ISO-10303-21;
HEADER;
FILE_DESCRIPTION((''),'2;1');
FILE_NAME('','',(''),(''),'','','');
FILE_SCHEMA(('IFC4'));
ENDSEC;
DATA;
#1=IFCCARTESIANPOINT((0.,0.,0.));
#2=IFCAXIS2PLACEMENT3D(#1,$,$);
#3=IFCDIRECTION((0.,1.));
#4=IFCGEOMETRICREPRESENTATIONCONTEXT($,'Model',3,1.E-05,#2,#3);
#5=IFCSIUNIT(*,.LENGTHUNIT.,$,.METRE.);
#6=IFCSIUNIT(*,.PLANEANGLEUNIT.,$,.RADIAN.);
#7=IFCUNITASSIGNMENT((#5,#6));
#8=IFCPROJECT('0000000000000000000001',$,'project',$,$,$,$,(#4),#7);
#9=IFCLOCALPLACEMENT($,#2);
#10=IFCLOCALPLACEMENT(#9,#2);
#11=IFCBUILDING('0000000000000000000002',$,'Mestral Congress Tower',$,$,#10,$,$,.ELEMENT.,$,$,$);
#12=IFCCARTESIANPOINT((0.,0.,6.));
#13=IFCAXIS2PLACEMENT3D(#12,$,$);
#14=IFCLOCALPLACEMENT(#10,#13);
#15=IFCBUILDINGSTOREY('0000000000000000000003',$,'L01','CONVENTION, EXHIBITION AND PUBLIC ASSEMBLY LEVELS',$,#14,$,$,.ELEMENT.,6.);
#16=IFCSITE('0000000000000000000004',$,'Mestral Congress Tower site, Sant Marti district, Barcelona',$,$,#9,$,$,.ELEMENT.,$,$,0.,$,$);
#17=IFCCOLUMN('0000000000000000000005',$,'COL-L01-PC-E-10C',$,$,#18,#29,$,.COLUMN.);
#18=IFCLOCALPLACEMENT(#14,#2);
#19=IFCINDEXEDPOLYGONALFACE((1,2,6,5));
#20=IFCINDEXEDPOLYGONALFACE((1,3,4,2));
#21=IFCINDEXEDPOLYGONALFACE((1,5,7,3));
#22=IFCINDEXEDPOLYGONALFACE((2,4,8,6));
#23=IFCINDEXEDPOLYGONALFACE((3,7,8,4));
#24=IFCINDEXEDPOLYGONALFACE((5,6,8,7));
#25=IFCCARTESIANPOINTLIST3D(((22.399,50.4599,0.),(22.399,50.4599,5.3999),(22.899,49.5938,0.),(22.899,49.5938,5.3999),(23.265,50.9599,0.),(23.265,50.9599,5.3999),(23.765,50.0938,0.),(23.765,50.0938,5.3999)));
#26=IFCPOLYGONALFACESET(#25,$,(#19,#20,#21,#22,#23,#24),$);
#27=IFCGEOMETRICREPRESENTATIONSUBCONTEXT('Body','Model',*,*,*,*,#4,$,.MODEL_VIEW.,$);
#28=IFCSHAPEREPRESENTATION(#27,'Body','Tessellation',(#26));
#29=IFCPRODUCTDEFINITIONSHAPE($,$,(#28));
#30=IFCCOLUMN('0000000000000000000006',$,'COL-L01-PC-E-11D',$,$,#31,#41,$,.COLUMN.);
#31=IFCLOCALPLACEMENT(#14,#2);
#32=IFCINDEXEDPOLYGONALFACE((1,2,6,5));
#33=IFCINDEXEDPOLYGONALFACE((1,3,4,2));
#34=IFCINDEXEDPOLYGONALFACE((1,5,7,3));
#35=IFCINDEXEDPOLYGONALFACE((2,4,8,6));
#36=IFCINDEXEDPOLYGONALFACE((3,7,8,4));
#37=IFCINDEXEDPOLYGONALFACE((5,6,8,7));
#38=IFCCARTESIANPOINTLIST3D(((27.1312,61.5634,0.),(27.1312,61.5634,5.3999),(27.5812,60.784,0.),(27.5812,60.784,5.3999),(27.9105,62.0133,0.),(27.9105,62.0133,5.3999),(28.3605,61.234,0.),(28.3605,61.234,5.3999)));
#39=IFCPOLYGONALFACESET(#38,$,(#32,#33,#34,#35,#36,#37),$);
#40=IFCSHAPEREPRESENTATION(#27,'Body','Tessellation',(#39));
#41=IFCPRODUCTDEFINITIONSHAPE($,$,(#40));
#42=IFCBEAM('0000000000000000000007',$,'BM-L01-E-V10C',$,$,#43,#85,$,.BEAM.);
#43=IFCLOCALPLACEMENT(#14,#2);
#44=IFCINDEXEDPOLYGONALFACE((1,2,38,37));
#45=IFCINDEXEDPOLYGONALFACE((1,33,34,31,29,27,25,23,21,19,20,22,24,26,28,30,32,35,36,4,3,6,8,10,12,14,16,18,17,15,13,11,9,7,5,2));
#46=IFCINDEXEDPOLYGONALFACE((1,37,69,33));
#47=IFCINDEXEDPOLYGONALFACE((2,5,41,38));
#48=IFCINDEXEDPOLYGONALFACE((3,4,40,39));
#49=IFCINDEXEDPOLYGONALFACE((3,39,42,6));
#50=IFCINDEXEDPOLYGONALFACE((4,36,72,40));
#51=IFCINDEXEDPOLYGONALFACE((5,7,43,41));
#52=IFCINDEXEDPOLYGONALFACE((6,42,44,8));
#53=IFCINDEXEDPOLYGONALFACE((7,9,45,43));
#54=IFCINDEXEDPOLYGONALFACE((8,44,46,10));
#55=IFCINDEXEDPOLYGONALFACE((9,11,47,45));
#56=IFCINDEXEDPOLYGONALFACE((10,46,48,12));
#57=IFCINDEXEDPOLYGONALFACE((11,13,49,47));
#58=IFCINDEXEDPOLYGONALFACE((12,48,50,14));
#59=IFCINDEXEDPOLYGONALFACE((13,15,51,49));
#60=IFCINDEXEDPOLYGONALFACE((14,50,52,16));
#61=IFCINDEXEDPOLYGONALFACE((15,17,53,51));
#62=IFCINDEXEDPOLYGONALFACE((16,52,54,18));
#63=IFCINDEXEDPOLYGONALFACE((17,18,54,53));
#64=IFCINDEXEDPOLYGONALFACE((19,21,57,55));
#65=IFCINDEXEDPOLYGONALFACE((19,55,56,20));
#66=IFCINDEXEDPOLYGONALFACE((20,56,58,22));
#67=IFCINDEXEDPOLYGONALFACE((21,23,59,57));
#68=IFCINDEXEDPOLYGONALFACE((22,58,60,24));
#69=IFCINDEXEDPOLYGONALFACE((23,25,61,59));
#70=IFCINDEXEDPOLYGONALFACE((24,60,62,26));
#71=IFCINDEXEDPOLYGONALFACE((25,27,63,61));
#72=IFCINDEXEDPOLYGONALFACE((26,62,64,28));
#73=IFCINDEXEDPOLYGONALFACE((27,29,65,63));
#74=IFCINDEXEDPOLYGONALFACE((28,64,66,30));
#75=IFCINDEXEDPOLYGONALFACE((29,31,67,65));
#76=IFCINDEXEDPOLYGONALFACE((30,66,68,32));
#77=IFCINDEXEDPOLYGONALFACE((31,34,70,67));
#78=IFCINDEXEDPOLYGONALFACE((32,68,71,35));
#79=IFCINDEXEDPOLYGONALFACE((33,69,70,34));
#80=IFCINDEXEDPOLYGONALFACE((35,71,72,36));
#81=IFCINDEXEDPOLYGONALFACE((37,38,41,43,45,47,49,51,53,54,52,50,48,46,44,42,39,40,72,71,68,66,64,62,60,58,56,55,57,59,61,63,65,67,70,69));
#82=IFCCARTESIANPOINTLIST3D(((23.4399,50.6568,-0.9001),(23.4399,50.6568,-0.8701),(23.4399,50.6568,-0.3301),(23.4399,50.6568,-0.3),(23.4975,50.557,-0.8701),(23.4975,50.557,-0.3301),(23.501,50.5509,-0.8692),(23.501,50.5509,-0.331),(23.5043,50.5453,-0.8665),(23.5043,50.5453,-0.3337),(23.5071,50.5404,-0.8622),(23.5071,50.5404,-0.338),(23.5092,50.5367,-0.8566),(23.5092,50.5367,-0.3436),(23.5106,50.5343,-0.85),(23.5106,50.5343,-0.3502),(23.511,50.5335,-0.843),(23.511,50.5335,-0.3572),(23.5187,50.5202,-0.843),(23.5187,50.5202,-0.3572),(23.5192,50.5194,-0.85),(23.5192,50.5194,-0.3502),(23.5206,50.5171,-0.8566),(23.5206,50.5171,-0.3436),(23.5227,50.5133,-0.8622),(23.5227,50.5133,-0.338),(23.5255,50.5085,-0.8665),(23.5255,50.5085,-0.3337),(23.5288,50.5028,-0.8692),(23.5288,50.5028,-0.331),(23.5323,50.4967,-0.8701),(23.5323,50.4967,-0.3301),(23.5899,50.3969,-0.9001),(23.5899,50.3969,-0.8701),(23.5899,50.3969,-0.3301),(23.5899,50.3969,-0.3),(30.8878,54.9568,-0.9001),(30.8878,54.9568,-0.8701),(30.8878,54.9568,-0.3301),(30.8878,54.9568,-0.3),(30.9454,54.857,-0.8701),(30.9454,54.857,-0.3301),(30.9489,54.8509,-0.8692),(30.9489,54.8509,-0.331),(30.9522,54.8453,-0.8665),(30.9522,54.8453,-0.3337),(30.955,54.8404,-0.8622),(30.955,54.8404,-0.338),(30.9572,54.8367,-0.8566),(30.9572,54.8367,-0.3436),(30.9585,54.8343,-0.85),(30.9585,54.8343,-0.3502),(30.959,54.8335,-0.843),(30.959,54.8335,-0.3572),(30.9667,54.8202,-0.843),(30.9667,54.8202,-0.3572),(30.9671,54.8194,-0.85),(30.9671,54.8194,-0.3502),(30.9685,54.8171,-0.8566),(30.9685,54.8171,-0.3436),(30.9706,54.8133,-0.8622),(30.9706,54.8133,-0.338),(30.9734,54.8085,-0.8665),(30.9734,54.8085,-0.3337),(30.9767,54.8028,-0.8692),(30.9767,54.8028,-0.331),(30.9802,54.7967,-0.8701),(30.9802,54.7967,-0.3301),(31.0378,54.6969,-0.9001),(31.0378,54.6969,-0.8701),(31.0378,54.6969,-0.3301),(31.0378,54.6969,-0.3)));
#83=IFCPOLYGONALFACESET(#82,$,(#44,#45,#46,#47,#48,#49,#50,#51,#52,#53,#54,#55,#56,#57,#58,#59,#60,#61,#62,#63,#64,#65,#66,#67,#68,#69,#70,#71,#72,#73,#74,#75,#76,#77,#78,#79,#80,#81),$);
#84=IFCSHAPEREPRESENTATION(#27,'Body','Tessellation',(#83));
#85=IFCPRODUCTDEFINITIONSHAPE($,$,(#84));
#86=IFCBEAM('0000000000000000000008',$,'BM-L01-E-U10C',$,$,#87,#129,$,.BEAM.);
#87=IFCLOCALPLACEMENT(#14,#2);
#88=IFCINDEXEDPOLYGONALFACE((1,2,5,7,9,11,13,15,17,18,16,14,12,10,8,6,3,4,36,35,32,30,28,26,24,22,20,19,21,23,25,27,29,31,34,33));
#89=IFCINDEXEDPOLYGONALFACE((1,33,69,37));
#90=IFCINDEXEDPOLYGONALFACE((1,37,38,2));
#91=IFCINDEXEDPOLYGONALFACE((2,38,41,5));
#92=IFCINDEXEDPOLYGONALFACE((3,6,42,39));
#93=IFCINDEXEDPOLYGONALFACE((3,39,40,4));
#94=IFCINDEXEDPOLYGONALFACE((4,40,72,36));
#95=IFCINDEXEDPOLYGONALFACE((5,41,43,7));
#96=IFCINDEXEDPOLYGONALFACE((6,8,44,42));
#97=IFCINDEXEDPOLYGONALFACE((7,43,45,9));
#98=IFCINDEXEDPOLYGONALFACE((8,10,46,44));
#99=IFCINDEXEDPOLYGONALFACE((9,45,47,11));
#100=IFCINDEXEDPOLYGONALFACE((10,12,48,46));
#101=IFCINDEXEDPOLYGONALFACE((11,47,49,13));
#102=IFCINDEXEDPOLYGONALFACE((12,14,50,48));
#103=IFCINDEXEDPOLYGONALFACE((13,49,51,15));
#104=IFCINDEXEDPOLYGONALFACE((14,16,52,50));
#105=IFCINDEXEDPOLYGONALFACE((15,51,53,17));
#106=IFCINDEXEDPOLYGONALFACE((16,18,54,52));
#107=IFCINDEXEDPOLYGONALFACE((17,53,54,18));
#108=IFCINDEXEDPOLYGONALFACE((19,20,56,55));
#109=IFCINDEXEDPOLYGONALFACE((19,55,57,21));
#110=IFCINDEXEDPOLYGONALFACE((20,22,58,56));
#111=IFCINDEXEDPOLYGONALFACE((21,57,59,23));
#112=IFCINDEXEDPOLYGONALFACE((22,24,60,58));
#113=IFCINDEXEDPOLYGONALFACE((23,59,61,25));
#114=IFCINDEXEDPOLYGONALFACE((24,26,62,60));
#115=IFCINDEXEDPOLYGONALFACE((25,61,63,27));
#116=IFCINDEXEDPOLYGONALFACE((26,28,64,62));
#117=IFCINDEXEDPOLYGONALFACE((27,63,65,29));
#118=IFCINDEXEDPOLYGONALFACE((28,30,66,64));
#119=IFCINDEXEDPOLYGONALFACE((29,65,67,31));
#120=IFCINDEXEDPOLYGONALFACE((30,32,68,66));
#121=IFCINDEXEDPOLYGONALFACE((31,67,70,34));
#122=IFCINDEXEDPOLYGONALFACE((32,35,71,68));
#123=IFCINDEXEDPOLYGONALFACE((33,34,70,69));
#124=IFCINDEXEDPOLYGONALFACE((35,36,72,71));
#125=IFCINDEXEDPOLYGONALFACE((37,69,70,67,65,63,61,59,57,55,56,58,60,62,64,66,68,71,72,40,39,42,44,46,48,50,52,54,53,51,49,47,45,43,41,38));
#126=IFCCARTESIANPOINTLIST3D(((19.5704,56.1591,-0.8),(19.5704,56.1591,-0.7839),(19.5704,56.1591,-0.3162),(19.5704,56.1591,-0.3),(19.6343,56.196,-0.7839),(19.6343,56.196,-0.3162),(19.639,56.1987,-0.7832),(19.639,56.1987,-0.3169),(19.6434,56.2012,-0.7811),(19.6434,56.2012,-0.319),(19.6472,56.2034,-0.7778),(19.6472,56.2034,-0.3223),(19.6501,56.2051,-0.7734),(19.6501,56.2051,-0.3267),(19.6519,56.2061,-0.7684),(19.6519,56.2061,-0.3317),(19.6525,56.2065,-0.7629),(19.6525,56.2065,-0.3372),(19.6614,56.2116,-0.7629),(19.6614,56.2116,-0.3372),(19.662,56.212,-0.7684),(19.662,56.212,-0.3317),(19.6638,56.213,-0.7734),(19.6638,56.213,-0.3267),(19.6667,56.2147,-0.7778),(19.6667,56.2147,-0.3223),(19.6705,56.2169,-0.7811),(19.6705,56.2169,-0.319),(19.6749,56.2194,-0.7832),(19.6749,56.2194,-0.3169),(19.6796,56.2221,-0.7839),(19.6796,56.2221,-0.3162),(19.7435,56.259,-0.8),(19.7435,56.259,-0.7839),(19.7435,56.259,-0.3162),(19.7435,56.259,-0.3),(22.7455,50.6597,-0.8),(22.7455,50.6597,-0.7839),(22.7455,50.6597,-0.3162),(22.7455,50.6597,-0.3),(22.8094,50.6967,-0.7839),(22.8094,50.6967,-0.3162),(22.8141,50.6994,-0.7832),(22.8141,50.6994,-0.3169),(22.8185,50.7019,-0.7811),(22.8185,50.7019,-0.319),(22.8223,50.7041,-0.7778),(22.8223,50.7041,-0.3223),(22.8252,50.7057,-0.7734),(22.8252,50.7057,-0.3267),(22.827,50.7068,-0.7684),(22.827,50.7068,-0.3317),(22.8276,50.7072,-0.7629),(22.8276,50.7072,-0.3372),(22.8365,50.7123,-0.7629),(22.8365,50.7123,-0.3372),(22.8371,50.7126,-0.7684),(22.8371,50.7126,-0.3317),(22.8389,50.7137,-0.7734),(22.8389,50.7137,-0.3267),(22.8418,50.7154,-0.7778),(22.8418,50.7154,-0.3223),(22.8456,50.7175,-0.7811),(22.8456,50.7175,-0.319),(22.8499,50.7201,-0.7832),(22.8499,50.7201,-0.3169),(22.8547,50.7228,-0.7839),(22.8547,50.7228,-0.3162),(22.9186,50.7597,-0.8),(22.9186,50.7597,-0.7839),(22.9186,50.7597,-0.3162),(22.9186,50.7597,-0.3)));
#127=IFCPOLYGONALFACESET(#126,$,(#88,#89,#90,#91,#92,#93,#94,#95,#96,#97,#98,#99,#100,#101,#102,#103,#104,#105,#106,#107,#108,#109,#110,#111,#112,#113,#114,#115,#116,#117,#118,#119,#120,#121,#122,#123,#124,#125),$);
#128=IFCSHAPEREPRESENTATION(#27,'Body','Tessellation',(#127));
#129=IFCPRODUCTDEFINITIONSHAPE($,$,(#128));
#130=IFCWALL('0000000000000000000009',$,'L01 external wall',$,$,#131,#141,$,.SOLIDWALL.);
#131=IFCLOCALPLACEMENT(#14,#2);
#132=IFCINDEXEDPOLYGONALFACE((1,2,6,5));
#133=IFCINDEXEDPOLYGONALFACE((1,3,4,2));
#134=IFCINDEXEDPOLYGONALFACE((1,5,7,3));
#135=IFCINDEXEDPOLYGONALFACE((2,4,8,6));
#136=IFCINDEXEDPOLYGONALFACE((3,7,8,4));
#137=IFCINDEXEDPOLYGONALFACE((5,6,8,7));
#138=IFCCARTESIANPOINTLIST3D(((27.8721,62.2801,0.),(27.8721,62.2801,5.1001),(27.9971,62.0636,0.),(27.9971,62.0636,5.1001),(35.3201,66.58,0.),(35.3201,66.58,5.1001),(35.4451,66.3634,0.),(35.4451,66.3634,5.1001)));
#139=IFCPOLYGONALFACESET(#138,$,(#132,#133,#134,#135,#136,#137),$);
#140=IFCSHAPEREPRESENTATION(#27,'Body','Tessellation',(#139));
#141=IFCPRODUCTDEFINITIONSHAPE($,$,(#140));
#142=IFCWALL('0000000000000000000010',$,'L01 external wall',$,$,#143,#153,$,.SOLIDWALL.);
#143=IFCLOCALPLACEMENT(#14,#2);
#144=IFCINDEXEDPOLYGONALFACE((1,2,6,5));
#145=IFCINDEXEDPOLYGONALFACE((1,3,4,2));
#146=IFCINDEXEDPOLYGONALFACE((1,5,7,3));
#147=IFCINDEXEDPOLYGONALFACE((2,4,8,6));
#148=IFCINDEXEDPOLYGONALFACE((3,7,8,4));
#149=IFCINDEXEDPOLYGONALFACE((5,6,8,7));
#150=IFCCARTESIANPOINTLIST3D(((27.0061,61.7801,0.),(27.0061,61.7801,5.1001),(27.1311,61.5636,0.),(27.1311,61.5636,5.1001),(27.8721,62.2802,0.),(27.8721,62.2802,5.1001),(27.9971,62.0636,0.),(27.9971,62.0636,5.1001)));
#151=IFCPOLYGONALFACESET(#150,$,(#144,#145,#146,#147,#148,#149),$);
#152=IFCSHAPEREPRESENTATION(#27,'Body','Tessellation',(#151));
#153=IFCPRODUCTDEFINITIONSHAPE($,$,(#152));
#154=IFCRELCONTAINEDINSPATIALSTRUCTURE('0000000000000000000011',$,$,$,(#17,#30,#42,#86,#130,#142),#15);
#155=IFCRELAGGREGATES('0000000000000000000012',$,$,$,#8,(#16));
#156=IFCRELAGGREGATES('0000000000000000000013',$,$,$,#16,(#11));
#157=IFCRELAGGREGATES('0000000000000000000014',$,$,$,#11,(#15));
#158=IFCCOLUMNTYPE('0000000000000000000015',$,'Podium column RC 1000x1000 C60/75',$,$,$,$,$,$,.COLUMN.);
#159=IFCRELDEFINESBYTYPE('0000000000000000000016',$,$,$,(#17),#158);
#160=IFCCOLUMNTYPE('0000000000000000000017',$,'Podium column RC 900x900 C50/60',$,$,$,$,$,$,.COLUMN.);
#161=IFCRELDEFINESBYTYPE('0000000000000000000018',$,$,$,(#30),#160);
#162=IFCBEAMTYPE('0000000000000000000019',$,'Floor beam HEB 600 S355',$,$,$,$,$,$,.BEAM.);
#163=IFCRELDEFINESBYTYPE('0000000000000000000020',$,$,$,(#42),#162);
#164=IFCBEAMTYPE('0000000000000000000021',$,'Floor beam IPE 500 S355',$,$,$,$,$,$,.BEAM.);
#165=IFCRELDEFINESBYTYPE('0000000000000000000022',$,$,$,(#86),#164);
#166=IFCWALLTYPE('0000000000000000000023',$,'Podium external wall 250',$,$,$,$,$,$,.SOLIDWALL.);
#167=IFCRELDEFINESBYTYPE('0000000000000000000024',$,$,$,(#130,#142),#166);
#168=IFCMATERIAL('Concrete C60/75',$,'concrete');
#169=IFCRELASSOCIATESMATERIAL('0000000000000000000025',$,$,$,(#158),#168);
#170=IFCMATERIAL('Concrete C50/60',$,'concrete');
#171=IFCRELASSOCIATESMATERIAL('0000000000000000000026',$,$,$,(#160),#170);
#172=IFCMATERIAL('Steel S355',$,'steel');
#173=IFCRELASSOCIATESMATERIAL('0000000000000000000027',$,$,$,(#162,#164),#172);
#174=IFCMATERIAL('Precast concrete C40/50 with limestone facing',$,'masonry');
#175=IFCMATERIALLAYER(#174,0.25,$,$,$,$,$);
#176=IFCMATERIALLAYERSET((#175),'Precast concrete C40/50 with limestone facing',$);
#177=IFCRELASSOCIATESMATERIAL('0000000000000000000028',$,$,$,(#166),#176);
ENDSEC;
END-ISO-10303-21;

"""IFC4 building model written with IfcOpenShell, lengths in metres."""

from ifc_helpers import new_model, si_unit, direction, frame, frame_2d, origin, origin_2d, place, context, subcontext, project, spatial, rectangle, i_section, extrude, material, layer, layer_set, material_profile, profile_set, type_object, element, save


model = new_model("IFC4")

# Units and contexts
model_context = context("Model", 3, precision=1e-05, world=origin(), true_north=direction((0.0, 1.0)))
body_context = subcontext(model_context, "Body", "Model", "MODEL_VIEW")
ifc_project = project(units=[si_unit("LENGTHUNIT", "METRE"), si_unit("PLANEANGLEUNIT", "RADIAN")], contexts=[model_context])

# Site, building, storey
site_placement = place(None, origin())
site = spatial("IfcSite", under=ifc_project, at=site_placement, Name="Mestral Congress Tower site, Sant Marti district, Barcelona", CompositionType="ELEMENT", RefElevation=0.0)
building_placement = place(site_placement, origin())
building = spatial("IfcBuilding", under=site, at=building_placement, Name="Mestral Congress Tower", CompositionType="ELEMENT")
storey_placement = place(building_placement, frame((0.0, 0.0, 6.0)))
storey = spatial("IfcBuildingStorey", under=building, at=storey_placement, Name="L01", Description="CONVENTION, EXHIBITION AND PUBLIC ASSEMBLY LEVELS", CompositionType="ELEMENT", Elevation=6.0)

# Columns
ifc_material_1 = material(Name="Concrete C60/75", Category="concrete")
ifc_material_profile_1 = material_profile(ifc_material_1, rectangle(XDim=1.0, YDim=1.0, at=origin_2d()), Name="RC 1000x1000")
ifc_profile_set_1 = profile_set([ifc_material_profile_1], Name="Concrete C60/75")
column_type_1 = type_object("IfcColumnType", Name="Podium column RC 1000x1000 C60/75", PredefinedType="COLUMN", material=ifc_profile_set_1)
column_1_placement = place(storey_placement, frame((23.082, 50.2769, 0.0), z_axis=(0.0, 0.0, 1.0), x_axis=(-0.5, 0.866025, 0.0)))
element("IfcColumn", 1, at=column_1_placement, inside=storey, type_object=column_type_1, Name="COL-L01-PC-E-10C", PredefinedType="COLUMN", context=body_context, shape_type="SweptSolid", body=[
    extrude(rectangle(XDim=1.0, YDim=1.0, at=origin_2d()), origin(), (0.0, 0.0, 1.0), 5.3999),
])
ifc_material_2 = material(Name="Concrete C50/60", Category="concrete")
ifc_material_profile_2 = material_profile(ifc_material_2, rectangle(XDim=0.8999, YDim=0.8999, at=origin_2d()), Name="RC 900x900")
ifc_profile_set_2 = profile_set([ifc_material_profile_2], Name="Concrete C50/60")
column_type_2 = type_object("IfcColumnType", Name="Podium column RC 900x900 C50/60", PredefinedType="COLUMN", material=ifc_profile_set_2)
column_2_placement = place(storey_placement, frame((27.7458, 61.3987, 0.0), z_axis=(0.0, 0.0, 1.0), x_axis=(-0.5, 0.866025, 0.0)))
element("IfcColumn", 2, at=column_2_placement, inside=storey, type_object=column_type_2, Name="COL-L01-PC-E-11D", PredefinedType="COLUMN", context=body_context, shape_type="SweptSolid", body=[
    extrude(rectangle(XDim=0.8999, YDim=0.8999, at=origin_2d()), origin(), (0.0, 0.0, 1.0), 5.3999),
])

# Beams
ifc_material_3 = material(Name="Steel S355", Category="steel")
ifc_material_profile_3 = material_profile(ifc_material_3, i_section(OverallWidth=0.3, OverallDepth=0.6001, WebThickness=0.0154, FlangeThickness=0.03, FilletRadius=0.0271, at=origin_2d()), Name="HEB 600")
ifc_profile_set_3 = profile_set([ifc_material_profile_3], Name="Steel S355")
beam_type_1 = type_object("IfcBeamType", Name="Floor beam HEB 600 S355", PredefinedType="BEAM", material=ifc_profile_set_3)
beam_1_placement = place(storey_placement, frame((23.5149, 50.5269, -0.6001), z_axis=(0.866028, 0.499995, 0.0), x_axis=(-0.499995, 0.866028, 0.0)))
element("IfcBeam", 3, at=beam_1_placement, inside=storey, type_object=beam_type_1, Name="BM-L01-E-V10C", PredefinedType="BEAM", context=body_context, shape_type="SweptSolid", body=[
    extrude(i_section(OverallWidth=0.3, OverallDepth=0.6001, WebThickness=0.0154, FlangeThickness=0.03, FilletRadius=0.0271, at=origin_2d()), origin(), (0.0, 0.0, 1.0), 8.6001),
])
ifc_material_profile_4 = material_profile(ifc_material_3, i_section(OverallWidth=0.2, OverallDepth=0.5, WebThickness=0.0103, FlangeThickness=0.0161, FilletRadius=0.021, at=origin_2d()), Name="IPE 500")
ifc_profile_set_4 = profile_set([ifc_material_profile_4], Name="Steel S355")
beam_type_2 = type_object("IfcBeamType", Name="Floor beam IPE 500 S355", PredefinedType="BEAM", material=ifc_profile_set_4)
beam_2_placement = place(storey_placement, frame((22.832, 50.7097, -0.55), z_axis=(-0.500005, 0.866022, 0.0), x_axis=(-0.866022, -0.500005, 0.0)))
element("IfcBeam", 4, at=beam_2_placement, inside=storey, type_object=beam_type_2, Name="BM-L01-E-U10C", PredefinedType="BEAM", context=body_context, shape_type="SweptSolid", body=[
    extrude(i_section(OverallWidth=0.2, OverallDepth=0.5, WebThickness=0.0103, FlangeThickness=0.0161, FilletRadius=0.021, at=origin_2d()), origin(), (0.0, 0.0, 1.0), 6.3501),
])

# Walls
ifc_material_4 = material(Name="Precast concrete C40/50 with limestone facing", Category="masonry")
ifc_layer_1 = layer(ifc_material_4, 0.25)
ifc_layer_set_1 = layer_set([ifc_layer_1], Name="Precast concrete C40/50 with limestone facing")
wall_type_1 = type_object("IfcWallType", Name="Podium external wall 250", PredefinedType="SOLIDWALL", material=ifc_layer_set_1)
wall_1_placement = place(storey_placement, frame((27.9346, 62.1719, 0.0), z_axis=(0.0, 0.0, 1.0), x_axis=(0.86604, 0.499974, 0.0)))
element("IfcWall", 5, at=wall_1_placement, inside=storey, type_object=wall_type_1, Name="L01 external wall", PredefinedType="SOLIDWALL", context=body_context, shape_type="SweptSolid", body=[
    extrude(rectangle(XDim=8.6001, YDim=0.25, at=frame_2d((4.3, 0.0))), origin(), (0.0, 0.0, 1.0), 5.1001),
])
wall_2_placement = place(storey_placement, frame((27.0686, 61.6719, 0.0), z_axis=(0.0, 0.0, 1.0), x_axis=(0.866011, 0.500025, 0.0)))
element("IfcWall", 6, at=wall_2_placement, inside=storey, type_object=wall_type_1, Name="L01 external wall", PredefinedType="SOLIDWALL", context=body_context, shape_type="SweptSolid", body=[
    extrude(rectangle(XDim=1.0, YDim=0.25, at=frame_2d((0.5, 0.0))), origin(), (0.0, 0.0, 1.0), 5.1001),
])

save(model, "model.ifc")
